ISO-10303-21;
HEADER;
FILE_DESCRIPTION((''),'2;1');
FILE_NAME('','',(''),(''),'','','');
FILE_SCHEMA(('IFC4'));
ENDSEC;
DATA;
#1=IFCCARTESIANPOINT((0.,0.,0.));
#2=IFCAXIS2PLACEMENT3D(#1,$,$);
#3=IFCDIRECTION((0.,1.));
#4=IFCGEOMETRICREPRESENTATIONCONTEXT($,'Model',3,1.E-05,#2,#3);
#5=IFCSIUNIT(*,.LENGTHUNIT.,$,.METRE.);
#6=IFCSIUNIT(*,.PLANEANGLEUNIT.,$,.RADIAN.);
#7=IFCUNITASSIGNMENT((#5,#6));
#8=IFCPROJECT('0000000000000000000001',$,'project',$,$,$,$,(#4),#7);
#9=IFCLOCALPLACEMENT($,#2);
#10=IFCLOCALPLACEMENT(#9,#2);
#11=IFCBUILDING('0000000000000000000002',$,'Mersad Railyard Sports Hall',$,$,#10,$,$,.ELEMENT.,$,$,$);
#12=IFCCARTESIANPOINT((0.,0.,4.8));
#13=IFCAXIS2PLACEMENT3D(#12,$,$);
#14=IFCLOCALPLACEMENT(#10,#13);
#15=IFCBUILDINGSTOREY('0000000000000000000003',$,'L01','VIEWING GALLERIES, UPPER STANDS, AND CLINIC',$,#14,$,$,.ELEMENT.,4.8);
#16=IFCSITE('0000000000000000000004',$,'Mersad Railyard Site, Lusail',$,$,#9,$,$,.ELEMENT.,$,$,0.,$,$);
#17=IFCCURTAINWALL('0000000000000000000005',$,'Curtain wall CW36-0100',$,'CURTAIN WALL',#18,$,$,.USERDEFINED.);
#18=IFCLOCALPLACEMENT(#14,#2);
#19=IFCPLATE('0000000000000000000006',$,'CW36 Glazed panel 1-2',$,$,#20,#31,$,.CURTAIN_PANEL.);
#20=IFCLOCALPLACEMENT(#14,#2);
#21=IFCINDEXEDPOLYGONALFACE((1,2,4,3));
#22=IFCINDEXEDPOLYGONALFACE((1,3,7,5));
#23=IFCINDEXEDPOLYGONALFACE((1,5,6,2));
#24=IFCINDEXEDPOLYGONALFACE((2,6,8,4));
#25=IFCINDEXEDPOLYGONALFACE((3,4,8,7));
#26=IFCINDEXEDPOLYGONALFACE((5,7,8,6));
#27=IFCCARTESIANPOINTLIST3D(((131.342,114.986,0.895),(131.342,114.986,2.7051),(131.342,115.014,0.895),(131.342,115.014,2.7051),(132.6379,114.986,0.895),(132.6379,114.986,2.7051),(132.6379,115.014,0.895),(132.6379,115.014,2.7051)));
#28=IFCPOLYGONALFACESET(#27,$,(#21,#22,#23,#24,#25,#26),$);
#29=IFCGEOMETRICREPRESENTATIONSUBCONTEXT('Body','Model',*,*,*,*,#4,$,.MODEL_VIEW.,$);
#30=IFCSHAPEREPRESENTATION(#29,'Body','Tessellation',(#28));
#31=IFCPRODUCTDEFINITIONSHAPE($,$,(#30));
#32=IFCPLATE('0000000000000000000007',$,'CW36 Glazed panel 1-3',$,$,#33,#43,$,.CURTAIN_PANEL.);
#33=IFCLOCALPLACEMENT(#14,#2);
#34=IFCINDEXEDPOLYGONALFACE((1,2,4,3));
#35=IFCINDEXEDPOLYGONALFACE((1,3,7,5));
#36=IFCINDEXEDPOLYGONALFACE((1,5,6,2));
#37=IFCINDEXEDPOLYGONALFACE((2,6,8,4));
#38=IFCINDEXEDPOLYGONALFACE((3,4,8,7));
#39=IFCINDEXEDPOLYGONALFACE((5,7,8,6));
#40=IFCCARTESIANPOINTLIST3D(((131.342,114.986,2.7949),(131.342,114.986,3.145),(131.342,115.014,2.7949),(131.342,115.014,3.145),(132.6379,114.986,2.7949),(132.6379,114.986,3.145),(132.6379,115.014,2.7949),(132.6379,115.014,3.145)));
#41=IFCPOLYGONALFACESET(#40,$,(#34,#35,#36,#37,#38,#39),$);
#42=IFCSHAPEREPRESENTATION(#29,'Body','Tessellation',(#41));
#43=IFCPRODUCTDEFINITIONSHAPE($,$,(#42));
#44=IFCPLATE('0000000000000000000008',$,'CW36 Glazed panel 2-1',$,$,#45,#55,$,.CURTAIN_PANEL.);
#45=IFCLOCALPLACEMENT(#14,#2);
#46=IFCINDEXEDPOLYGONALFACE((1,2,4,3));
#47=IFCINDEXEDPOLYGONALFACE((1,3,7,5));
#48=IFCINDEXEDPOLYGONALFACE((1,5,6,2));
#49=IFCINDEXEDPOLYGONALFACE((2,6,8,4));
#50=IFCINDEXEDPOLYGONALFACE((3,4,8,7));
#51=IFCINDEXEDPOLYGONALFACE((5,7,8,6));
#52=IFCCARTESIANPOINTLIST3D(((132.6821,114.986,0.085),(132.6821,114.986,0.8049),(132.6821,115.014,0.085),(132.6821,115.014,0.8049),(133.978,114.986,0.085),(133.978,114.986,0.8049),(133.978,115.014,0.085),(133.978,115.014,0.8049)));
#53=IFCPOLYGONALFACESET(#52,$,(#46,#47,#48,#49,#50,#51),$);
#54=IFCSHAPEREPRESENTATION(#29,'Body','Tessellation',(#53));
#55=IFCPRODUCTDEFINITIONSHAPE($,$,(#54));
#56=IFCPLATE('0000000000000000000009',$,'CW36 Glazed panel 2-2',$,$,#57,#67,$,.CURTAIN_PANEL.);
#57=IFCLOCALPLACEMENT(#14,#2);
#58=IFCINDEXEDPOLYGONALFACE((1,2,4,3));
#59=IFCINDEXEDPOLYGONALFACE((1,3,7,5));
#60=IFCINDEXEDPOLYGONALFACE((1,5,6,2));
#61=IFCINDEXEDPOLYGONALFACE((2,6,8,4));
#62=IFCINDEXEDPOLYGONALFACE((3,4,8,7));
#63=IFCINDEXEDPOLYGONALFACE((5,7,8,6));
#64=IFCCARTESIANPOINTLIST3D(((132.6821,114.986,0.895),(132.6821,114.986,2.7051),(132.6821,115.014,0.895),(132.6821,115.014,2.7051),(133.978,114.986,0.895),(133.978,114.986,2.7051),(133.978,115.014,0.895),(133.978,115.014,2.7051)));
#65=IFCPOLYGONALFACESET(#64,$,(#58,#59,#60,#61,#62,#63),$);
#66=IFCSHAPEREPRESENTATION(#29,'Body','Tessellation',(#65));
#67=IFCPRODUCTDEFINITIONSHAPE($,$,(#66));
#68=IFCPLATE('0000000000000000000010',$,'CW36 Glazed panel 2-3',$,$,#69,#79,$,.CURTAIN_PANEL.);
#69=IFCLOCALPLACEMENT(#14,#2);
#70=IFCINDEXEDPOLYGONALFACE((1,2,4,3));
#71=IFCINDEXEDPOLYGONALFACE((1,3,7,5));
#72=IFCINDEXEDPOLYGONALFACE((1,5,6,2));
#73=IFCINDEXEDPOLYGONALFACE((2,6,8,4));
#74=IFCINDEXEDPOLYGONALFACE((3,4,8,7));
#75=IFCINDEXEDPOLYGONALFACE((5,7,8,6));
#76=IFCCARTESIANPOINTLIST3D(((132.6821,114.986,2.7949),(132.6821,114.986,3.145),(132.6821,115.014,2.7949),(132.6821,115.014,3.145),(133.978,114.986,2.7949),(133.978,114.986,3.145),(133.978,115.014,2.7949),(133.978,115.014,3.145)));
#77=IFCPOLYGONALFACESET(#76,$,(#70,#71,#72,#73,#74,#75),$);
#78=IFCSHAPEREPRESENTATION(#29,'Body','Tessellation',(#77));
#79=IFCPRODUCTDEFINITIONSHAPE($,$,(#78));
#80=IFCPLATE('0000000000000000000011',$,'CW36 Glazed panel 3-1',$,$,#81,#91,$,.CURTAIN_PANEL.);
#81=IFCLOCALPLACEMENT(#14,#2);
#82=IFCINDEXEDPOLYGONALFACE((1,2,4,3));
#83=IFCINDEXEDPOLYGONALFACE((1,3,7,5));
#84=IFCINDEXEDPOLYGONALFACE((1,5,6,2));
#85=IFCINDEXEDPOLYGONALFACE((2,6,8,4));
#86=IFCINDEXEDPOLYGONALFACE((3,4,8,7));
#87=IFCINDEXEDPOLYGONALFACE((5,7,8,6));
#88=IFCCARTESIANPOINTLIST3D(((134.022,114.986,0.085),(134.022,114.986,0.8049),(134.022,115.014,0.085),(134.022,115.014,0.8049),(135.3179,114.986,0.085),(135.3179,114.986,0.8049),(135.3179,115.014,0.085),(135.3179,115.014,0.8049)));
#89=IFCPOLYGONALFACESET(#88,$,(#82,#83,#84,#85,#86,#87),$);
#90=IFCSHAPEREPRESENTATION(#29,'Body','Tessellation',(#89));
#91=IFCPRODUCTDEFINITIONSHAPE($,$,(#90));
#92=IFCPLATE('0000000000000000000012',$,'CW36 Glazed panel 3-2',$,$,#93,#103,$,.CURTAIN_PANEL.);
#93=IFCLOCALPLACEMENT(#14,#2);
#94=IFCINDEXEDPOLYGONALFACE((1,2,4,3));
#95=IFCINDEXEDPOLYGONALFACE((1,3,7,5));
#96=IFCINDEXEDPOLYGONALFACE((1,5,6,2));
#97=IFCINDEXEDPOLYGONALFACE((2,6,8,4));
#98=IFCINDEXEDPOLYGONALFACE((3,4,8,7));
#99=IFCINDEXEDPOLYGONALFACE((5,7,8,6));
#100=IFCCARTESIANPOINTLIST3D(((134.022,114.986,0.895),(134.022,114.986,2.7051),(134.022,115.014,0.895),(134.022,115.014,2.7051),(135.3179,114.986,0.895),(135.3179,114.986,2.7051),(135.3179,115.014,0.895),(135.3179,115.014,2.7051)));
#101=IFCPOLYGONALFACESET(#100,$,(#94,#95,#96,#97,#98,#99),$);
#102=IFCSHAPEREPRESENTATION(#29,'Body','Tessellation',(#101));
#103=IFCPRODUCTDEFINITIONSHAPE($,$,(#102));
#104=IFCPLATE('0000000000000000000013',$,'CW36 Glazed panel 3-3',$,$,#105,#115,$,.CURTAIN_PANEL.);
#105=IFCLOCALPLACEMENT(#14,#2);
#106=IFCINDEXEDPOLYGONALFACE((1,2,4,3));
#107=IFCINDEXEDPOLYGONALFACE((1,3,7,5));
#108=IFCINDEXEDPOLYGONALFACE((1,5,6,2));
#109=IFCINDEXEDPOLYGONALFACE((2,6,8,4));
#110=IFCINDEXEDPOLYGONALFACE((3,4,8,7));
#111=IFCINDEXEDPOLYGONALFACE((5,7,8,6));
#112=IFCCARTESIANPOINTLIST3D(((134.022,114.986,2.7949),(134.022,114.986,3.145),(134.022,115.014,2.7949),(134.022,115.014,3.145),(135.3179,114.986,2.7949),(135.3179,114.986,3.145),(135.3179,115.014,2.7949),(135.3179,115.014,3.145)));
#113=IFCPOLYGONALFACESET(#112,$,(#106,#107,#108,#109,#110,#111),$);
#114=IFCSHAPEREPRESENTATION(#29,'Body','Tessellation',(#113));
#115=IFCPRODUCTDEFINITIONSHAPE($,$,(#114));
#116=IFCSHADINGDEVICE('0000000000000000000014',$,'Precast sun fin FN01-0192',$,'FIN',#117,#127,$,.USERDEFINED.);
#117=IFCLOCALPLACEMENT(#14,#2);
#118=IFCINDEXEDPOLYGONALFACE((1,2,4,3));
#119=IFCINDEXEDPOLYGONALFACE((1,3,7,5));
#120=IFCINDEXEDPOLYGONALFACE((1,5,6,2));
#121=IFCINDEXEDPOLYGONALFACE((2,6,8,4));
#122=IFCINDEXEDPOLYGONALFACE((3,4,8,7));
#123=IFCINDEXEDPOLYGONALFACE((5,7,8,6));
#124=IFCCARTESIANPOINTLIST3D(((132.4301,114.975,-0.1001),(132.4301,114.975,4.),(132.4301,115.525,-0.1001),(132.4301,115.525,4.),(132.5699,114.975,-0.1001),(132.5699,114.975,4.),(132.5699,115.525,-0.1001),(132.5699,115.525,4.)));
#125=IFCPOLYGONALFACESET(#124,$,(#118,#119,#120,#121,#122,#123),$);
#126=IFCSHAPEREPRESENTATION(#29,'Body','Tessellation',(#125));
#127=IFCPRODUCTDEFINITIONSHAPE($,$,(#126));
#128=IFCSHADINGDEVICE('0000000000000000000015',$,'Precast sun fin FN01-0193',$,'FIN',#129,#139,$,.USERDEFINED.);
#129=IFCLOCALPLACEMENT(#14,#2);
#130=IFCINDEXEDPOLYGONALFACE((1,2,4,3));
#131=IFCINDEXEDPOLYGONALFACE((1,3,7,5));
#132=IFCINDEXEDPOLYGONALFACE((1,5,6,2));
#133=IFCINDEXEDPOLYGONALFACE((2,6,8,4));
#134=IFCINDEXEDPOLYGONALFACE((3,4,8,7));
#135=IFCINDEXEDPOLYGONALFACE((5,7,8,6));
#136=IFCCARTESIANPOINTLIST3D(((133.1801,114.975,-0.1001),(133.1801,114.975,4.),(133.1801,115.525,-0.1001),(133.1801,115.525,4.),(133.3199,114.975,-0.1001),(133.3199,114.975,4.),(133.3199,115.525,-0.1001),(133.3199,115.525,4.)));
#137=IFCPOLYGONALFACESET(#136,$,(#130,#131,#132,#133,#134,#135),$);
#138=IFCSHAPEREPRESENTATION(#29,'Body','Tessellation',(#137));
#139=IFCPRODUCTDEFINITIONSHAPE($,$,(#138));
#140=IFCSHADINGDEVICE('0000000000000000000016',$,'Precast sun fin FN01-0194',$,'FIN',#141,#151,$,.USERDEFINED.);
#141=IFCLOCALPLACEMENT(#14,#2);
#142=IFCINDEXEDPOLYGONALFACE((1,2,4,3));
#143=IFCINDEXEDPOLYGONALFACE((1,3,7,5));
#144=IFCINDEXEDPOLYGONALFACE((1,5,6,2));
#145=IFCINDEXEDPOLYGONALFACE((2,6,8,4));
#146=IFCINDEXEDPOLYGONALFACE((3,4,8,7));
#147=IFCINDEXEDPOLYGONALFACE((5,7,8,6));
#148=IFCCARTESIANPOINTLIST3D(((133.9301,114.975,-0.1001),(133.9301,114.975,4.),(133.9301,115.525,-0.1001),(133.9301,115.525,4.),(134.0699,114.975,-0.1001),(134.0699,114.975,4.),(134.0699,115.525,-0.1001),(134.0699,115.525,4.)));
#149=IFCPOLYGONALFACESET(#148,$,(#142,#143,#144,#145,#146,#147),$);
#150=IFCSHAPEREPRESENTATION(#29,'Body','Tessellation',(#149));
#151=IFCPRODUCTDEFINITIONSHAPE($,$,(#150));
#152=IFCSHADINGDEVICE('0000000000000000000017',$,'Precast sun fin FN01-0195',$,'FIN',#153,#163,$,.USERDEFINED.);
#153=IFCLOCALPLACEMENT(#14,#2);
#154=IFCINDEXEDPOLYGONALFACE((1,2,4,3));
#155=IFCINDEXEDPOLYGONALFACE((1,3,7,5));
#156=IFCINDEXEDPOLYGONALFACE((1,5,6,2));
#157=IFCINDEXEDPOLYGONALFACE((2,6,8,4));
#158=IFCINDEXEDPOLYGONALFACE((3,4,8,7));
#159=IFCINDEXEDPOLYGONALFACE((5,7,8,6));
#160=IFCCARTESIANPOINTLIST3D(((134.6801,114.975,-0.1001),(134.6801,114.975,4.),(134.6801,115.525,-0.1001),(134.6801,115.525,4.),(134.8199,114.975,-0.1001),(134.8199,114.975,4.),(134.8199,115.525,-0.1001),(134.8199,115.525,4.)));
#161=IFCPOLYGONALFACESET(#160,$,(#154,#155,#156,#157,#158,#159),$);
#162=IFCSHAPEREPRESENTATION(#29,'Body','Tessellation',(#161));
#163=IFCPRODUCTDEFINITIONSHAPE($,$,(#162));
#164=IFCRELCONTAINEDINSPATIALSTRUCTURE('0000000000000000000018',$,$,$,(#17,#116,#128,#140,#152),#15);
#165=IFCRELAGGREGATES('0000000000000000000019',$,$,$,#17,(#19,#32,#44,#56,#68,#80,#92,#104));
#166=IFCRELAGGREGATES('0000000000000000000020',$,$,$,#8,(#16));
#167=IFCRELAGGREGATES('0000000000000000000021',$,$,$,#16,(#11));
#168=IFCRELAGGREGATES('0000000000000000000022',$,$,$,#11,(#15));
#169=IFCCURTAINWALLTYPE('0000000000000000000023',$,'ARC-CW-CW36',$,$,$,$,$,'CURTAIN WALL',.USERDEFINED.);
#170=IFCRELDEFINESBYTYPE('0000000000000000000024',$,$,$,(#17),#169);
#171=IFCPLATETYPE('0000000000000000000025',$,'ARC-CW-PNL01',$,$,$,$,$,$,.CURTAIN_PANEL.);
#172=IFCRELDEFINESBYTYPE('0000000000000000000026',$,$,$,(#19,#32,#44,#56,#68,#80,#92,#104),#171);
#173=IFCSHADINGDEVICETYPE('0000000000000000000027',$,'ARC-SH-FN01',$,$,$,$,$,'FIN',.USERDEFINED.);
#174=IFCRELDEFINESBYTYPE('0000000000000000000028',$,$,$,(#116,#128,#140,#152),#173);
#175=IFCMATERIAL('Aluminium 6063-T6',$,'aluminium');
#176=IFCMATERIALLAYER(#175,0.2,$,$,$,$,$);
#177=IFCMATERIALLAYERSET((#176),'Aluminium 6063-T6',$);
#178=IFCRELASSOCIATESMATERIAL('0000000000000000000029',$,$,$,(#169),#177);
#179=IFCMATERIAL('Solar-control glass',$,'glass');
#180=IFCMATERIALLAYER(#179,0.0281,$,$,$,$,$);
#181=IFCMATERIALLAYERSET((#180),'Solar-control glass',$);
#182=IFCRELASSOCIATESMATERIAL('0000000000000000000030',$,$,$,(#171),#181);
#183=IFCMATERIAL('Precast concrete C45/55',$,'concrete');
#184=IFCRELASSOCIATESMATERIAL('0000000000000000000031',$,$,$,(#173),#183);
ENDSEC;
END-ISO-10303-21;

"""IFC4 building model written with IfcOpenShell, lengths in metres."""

from ifc_helpers import new_model, si_unit, direction, frame, origin, origin_2d, place, context, subcontext, project, spatial, rectangle, extrude, material, layer, layer_set, type_object, element, aggregate, save


model = new_model("IFC4")

# Units and contexts
model_context = context("Model", 3, precision=1e-05, world=origin(), true_north=direction((0.0, 1.0)))
body_context = subcontext(model_context, "Body", "Model", "MODEL_VIEW")
ifc_project = project(units=[si_unit("LENGTHUNIT", "METRE"), si_unit("PLANEANGLEUNIT", "RADIAN")], contexts=[model_context])

# Site, building, storey
site_placement = place(None, origin())
site = spatial("IfcSite", under=ifc_project, at=site_placement, Name="Mersad Railyard Site, Lusail", CompositionType="ELEMENT", RefElevation=0.0)
building_placement = place(site_placement, origin())
building = spatial("IfcBuilding", under=site, at=building_placement, Name="Mersad Railyard Sports Hall", CompositionType="ELEMENT")
storey_placement = place(building_placement, frame((0.0, 0.0, 4.8)))
storey = spatial("IfcBuildingStorey", under=building, at=storey_placement, Name="L01", Description="VIEWING GALLERIES, UPPER STANDS, AND CLINIC", CompositionType="ELEMENT", Elevation=4.8)

# Curtain wall
ifc_material_1 = material(Name="Aluminium 6063-T6", Category="aluminium")
ifc_layer_1 = layer(ifc_material_1, 0.2)
ifc_layer_set_1 = layer_set([ifc_layer_1], Name="Aluminium 6063-T6")
curtain_wall_type = type_object("IfcCurtainWallType", Name="ARC-CW-CW36", ElementType="CURTAIN WALL", PredefinedType="USERDEFINED", material=ifc_layer_set_1)
curtain_wall_placement = place(storey_placement, origin())
curtain_wall = element("IfcCurtainWall", 1, at=curtain_wall_placement, inside=storey, type_object=curtain_wall_type, Name="Curtain wall CW36-0100", ObjectType="CURTAIN WALL", PredefinedType="USERDEFINED")

# Plates
ifc_material_2 = material(Name="Solar-control glass", Category="glass")
ifc_layer_2 = layer(ifc_material_2, 0.0281)
ifc_layer_set_2 = layer_set([ifc_layer_2], Name="Solar-control glass")
plate_type = type_object("IfcPlateType", Name="ARC-CW-PNL01", PredefinedType="CURTAIN_PANEL", material=ifc_layer_set_2)
plate_1_placement = place(storey_placement, frame((131.99, 115.0, 0.895), z_axis=(0.0, 0.0, 1.0), x_axis=(1.0, 0.0, 0.0)))
plate_1 = element("IfcPlate", 2, at=plate_1_placement, type_object=plate_type, Name="CW36 Glazed panel 1-2", PredefinedType="CURTAIN_PANEL", context=body_context, shape_type="SweptSolid", body=[
    extrude(rectangle(XDim=1.2959, YDim=0.0281, at=origin_2d()), origin(), (0.0, 0.0, 1.0), 1.8101),
])
plate_2_placement = place(storey_placement, frame((131.99, 115.0, 2.7949), z_axis=(0.0, 0.0, 1.0), x_axis=(1.0, 0.0, 0.0)))
plate_2 = element("IfcPlate", 3, at=plate_2_placement, type_object=plate_type, Name="CW36 Glazed panel 1-3", PredefinedType="CURTAIN_PANEL", context=body_context, shape_type="SweptSolid", body=[
    extrude(rectangle(XDim=1.2959, YDim=0.0281, at=origin_2d()), origin(), (0.0, 0.0, 1.0), 0.3501),
])
plate_3_placement = place(storey_placement, frame((133.3301, 115.0, 0.085), z_axis=(0.0, 0.0, 1.0), x_axis=(1.0, 0.0, 0.0)))
plate_3 = element("IfcPlate", 4, at=plate_3_placement, type_object=plate_type, Name="CW36 Glazed panel 2-1", PredefinedType="CURTAIN_PANEL", context=body_context, shape_type="SweptSolid", body=[
    extrude(rectangle(XDim=1.2959, YDim=0.0281, at=origin_2d()), origin(), (0.0, 0.0, 1.0), 0.72),
])
plate_4_placement = place(storey_placement, frame((133.3301, 115.0, 0.895), z_axis=(0.0, 0.0, 1.0), x_axis=(1.0, 0.0, 0.0)))
plate_4 = element("IfcPlate", 5, at=plate_4_placement, type_object=plate_type, Name="CW36 Glazed panel 2-2", PredefinedType="CURTAIN_PANEL", context=body_context, shape_type="SweptSolid", body=[
    extrude(rectangle(XDim=1.2959, YDim=0.0281, at=origin_2d()), origin(), (0.0, 0.0, 1.0), 1.8101),
])
plate_5_placement = place(storey_placement, frame((133.3301, 115.0, 2.7949), z_axis=(0.0, 0.0, 1.0), x_axis=(1.0, 0.0, 0.0)))
plate_5 = element("IfcPlate", 6, at=plate_5_placement, type_object=plate_type, Name="CW36 Glazed panel 2-3", PredefinedType="CURTAIN_PANEL", context=body_context, shape_type="SweptSolid", body=[
    extrude(rectangle(XDim=1.2959, YDim=0.0281, at=origin_2d()), origin(), (0.0, 0.0, 1.0), 0.3501),
])
plate_6_placement = place(storey_placement, frame((134.6699, 115.0, 0.085), z_axis=(0.0, 0.0, 1.0), x_axis=(1.0, 0.0, 0.0)))
plate_6 = element("IfcPlate", 7, at=plate_6_placement, type_object=plate_type, Name="CW36 Glazed panel 3-1", PredefinedType="CURTAIN_PANEL", context=body_context, shape_type="SweptSolid", body=[
    extrude(rectangle(XDim=1.2959, YDim=0.0281, at=origin_2d()), origin(), (0.0, 0.0, 1.0), 0.72),
])
plate_7_placement = place(storey_placement, frame((134.6699, 115.0, 0.895), z_axis=(0.0, 0.0, 1.0), x_axis=(1.0, 0.0, 0.0)))
plate_7 = element("IfcPlate", 8, at=plate_7_placement, type_object=plate_type, Name="CW36 Glazed panel 3-2", PredefinedType="CURTAIN_PANEL", context=body_context, shape_type="SweptSolid", body=[
    extrude(rectangle(XDim=1.2959, YDim=0.0281, at=origin_2d()), origin(), (0.0, 0.0, 1.0), 1.8101),
])
plate_8_placement = place(storey_placement, frame((134.6699, 115.0, 2.7949), z_axis=(0.0, 0.0, 1.0), x_axis=(1.0, 0.0, 0.0)))
plate_8 = element("IfcPlate", 9, at=plate_8_placement, type_object=plate_type, Name="CW36 Glazed panel 3-3", PredefinedType="CURTAIN_PANEL", context=body_context, shape_type="SweptSolid", body=[
    extrude(rectangle(XDim=1.2959, YDim=0.0281, at=origin_2d()), origin(), (0.0, 0.0, 1.0), 0.3501),
])
aggregate(curtain_wall, [plate_1, plate_2, plate_3, plate_4, plate_5, plate_6, plate_7, plate_8])

# Shading devices
ifc_material_3 = material(Name="Precast concrete C45/55", Category="concrete")
shading_device_type = type_object("IfcShadingDeviceType", Name="ARC-SH-FN01", ElementType="FIN", PredefinedType="USERDEFINED", material=ifc_material_3)
for number, where, z_axis, x_axis, name in (
    (10, (132.5, 115.25, -0.1001), (0.0, 0.0, 1.0), (1.0, 0.0, 0.0), "Precast sun fin FN01-0192"),
    (11, (133.25, 115.25, -0.1001), (0.0, 0.0, 1.0), (1.0, 0.0, 0.0), "Precast sun fin FN01-0193"),
    (12, (134.0, 115.25, -0.1001), (0.0, 0.0, 1.0), (1.0, 0.0, 0.0), "Precast sun fin FN01-0194"),
    (13, (134.75, 115.25, -0.1001), (0.0, 0.0, 1.0), (1.0, 0.0, 0.0), "Precast sun fin FN01-0195"),
):
    element("IfcShadingDevice", number, at=place(storey_placement, frame(where, z_axis=z_axis, x_axis=x_axis)), inside=storey, type_object=shading_device_type, Name=name, ObjectType="FIN", PredefinedType="USERDEFINED", context=body_context, shape_type="SweptSolid", body=[
        extrude(rectangle(XDim=0.1399, YDim=0.55, at=origin_2d()), origin(), (0.0, 0.0, 1.0), 4.1001),
    ])

save(model, "model.ifc")
